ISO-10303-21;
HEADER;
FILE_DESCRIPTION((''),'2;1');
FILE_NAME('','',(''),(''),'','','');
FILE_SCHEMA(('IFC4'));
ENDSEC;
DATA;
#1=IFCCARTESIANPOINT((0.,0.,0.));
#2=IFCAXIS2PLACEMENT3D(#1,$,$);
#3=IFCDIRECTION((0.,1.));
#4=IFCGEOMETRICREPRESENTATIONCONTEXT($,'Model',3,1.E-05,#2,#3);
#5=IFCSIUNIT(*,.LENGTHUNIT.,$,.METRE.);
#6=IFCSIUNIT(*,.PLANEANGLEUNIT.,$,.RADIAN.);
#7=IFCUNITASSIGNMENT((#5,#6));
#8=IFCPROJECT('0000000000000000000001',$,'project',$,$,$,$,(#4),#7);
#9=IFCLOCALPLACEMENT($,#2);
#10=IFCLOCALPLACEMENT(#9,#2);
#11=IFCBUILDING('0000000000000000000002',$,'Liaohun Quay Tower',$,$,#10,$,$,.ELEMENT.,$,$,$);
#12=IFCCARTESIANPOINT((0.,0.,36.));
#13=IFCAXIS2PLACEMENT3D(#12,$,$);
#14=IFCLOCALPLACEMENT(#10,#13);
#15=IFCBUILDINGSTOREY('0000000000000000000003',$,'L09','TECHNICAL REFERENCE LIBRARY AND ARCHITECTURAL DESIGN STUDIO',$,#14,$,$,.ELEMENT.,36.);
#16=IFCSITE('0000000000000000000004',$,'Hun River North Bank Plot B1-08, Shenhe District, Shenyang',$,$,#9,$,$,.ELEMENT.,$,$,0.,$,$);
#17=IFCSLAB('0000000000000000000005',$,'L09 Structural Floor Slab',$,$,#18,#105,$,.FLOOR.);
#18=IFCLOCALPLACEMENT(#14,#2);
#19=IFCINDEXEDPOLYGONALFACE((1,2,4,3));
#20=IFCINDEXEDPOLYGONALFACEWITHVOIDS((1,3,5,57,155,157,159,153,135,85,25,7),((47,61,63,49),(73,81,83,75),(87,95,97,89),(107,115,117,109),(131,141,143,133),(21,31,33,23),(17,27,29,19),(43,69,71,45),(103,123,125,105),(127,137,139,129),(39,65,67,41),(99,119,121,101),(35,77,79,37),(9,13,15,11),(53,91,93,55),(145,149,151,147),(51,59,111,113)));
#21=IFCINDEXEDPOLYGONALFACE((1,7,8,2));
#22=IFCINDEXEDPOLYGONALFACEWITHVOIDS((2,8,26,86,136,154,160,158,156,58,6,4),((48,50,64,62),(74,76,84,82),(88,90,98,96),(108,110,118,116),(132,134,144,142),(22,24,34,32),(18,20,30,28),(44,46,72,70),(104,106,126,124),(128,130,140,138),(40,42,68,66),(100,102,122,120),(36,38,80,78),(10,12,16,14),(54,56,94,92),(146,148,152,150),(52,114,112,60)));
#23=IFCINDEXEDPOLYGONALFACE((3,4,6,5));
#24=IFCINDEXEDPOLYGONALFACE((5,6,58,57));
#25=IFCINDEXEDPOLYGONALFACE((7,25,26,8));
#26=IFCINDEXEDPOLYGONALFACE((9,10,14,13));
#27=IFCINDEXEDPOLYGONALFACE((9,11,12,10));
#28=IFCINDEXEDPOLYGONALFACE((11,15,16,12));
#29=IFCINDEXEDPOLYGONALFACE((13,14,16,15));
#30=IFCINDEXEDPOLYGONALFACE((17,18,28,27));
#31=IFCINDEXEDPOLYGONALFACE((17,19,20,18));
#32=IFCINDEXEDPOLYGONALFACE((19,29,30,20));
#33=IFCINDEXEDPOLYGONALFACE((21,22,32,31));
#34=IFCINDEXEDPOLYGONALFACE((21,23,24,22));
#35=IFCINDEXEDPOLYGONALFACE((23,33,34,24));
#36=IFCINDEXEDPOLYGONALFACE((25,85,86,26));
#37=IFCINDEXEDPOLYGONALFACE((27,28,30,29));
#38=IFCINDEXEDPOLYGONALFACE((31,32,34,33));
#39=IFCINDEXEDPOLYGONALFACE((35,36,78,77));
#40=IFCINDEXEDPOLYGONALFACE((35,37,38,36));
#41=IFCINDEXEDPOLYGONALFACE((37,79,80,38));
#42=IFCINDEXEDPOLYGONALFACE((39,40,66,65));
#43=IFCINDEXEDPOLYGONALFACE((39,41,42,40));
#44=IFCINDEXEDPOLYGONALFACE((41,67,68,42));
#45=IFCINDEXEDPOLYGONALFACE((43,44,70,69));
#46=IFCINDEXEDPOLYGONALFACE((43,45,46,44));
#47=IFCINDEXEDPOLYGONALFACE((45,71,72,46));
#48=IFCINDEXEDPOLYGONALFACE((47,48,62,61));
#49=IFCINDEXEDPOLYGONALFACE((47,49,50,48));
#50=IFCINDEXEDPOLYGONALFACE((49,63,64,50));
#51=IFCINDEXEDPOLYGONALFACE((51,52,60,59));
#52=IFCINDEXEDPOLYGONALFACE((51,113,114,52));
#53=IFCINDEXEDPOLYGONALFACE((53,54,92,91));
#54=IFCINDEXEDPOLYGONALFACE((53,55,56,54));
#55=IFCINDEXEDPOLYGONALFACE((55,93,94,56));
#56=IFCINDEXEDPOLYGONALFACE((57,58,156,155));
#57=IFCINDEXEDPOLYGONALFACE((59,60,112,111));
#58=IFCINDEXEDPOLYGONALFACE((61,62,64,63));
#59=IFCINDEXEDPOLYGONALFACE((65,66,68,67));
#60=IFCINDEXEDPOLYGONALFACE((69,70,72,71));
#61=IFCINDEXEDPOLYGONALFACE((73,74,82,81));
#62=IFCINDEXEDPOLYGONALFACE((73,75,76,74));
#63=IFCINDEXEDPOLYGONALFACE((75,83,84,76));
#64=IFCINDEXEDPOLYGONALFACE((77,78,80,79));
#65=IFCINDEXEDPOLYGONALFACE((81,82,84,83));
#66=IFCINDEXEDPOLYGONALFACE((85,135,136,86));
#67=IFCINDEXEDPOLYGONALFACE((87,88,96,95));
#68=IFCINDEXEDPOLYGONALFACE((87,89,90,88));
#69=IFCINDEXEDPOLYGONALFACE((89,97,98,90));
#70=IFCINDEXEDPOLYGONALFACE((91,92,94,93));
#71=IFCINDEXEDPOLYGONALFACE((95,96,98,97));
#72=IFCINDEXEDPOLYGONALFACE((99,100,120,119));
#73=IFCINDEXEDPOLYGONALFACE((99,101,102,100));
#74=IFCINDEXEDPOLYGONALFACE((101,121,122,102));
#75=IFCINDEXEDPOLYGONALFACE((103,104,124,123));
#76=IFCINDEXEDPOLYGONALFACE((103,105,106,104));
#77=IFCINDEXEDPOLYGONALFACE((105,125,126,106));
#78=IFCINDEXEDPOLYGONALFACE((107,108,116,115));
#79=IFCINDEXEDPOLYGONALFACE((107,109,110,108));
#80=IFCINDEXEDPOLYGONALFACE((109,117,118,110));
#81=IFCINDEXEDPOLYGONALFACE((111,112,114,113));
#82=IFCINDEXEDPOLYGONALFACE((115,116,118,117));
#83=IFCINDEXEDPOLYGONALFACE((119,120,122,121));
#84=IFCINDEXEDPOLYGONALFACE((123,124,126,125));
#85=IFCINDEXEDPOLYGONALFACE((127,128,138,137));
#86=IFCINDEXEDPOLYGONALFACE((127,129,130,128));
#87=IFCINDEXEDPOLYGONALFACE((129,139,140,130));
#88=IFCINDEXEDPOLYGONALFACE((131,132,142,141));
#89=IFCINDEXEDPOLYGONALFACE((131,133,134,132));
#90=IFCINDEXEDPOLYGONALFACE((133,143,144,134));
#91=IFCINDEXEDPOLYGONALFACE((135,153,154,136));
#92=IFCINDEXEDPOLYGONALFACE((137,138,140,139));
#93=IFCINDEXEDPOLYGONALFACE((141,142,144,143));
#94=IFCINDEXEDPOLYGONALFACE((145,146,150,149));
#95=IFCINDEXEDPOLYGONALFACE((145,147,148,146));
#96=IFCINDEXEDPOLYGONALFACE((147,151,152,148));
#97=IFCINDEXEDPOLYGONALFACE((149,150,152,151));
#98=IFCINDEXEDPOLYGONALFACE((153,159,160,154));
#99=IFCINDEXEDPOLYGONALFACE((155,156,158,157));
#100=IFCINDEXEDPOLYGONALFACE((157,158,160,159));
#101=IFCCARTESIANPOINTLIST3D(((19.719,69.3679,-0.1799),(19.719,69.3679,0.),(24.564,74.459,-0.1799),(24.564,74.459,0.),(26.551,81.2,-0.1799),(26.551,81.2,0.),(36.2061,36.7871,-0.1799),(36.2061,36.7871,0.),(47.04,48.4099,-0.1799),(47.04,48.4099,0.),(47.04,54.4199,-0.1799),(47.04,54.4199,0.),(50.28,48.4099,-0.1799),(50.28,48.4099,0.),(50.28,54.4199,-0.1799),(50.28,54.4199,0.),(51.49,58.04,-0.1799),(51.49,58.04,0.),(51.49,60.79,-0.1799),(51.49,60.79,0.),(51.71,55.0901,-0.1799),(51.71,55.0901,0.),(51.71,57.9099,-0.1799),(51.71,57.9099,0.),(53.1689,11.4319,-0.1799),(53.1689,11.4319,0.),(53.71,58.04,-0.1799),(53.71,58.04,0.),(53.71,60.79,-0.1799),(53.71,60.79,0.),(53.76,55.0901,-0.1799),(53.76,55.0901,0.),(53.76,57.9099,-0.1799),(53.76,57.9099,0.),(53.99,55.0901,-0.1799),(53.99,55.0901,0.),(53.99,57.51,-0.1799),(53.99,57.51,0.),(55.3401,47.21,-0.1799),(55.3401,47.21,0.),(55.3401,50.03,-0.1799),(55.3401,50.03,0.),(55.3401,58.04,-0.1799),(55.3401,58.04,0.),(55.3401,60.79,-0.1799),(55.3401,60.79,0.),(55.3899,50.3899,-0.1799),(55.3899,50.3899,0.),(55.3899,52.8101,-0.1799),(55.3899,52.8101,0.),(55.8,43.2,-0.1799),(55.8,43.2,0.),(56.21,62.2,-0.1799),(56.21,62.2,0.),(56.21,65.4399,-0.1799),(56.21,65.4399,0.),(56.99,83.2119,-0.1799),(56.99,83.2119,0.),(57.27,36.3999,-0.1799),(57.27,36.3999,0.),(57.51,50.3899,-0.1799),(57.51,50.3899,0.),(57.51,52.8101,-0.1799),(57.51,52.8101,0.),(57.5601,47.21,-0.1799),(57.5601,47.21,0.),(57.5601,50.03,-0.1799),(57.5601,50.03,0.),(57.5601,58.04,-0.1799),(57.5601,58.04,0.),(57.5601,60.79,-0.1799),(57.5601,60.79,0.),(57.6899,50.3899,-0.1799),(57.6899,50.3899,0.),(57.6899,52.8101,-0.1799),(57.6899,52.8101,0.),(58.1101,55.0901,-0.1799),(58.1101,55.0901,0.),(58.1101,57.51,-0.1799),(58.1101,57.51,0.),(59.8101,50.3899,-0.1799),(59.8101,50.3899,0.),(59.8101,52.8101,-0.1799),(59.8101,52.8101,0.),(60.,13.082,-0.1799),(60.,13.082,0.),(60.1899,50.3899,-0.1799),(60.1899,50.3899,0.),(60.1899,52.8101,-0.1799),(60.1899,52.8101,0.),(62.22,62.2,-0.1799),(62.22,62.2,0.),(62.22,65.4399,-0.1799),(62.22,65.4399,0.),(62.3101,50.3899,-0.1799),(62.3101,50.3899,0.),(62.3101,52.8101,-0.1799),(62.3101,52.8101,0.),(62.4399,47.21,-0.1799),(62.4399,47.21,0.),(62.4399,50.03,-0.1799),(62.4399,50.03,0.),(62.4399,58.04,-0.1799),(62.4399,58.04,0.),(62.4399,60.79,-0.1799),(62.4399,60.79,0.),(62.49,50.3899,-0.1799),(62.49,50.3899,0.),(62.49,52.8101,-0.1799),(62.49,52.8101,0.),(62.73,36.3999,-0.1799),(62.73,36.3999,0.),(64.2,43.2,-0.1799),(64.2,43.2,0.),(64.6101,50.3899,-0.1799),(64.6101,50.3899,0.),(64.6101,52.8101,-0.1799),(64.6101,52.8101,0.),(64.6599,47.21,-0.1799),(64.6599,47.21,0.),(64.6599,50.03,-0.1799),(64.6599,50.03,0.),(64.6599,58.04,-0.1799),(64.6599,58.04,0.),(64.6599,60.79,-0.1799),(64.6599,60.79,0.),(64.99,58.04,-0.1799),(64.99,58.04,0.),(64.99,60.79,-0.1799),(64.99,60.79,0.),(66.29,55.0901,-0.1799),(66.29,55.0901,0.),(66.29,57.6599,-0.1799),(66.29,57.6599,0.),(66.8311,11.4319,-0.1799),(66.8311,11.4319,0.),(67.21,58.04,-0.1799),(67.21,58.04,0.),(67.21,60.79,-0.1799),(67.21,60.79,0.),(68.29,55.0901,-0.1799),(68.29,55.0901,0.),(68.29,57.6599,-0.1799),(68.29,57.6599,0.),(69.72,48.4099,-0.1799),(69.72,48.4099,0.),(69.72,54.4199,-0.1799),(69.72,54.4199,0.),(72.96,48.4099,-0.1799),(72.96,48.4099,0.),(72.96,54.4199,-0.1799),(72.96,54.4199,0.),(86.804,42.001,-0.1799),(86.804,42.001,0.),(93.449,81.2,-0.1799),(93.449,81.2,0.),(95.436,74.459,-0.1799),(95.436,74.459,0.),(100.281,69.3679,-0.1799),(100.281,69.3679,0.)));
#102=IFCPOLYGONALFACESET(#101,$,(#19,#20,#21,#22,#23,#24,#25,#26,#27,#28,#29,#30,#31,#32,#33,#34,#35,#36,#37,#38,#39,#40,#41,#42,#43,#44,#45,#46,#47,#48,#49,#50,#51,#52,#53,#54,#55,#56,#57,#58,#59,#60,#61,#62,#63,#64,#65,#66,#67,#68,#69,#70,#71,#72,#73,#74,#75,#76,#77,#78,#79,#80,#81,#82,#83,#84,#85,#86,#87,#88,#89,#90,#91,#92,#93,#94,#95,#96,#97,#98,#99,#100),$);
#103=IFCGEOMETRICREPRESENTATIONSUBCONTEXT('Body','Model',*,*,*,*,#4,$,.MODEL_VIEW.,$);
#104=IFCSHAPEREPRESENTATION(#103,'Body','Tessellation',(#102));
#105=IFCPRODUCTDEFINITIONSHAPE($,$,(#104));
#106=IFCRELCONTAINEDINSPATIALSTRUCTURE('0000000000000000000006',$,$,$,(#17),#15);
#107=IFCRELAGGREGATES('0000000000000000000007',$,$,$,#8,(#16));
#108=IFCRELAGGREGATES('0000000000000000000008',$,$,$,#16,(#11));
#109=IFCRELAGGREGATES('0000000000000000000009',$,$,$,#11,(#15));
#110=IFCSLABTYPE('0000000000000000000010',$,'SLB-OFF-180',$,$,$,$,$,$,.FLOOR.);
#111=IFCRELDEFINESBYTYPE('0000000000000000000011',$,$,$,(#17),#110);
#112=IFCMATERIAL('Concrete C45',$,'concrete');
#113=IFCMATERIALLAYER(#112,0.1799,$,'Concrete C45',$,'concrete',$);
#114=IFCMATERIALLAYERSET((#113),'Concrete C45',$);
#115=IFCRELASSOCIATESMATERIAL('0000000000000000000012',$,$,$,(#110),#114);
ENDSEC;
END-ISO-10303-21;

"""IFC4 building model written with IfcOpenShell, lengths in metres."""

from ifc_helpers import new_model, si_unit, direction, frame, origin, place, context, subcontext, project, spatial, polyline, outline, extrude, material, layer, layer_set, type_object, element, save


model = new_model("IFC4")

# Units and contexts
model_context = context("Model", 3, precision=1e-05, world=origin(), true_north=direction((0.0, 1.0)))
body_context = subcontext(model_context, "Body", "Model", "MODEL_VIEW")
ifc_project = project(units=[si_unit("LENGTHUNIT", "METRE"), si_unit("PLANEANGLEUNIT", "RADIAN")], contexts=[model_context])

# Site, building, storey
site_placement = place(None, origin())
site = spatial("IfcSite", under=ifc_project, at=site_placement, Name="Hun River North Bank Plot B1-08, Shenhe District, Shenyang", CompositionType="ELEMENT", RefElevation=0.0)
building_placement = place(site_placement, origin())
building = spatial("IfcBuilding", under=site, at=building_placement, Name="Liaohun Quay Tower", CompositionType="ELEMENT")
storey_placement = place(building_placement, frame((0.0, 0.0, 36.0)))
storey = spatial("IfcBuildingStorey", under=building, at=storey_placement, Name="L09", Description="TECHNICAL REFERENCE LIBRARY AND ARCHITECTURAL DESIGN STUDIO", CompositionType="ELEMENT", Elevation=36.0)

# Shared definitions
ifc_material_1 = material(Name="Concrete C45", Category="concrete")

# Slab
ifc_layer_1 = layer(ifc_material_1, 0.1799, Name="Concrete C45", Category="concrete")
ifc_layer_set_1 = layer_set([ifc_layer_1], Name="Concrete C45")
slab_type_1 = type_object("IfcSlabType", Name="SLB-OFF-180", PredefinedType="FLOOR", material=ifc_layer_set_1)
slab_1_placement = place(storey_placement, frame((0.0, 0.0, -0.1799)))
element("IfcSlab", 1, at=slab_1_placement, inside=storey, type_object=slab_type_1, Name="L09 Structural Floor Slab", PredefinedType="FLOOR", context=body_context, shape_type="SweptSolid", body=[
    extrude(outline(polyline([(53.1689, 11.4319), (60.0, 13.082), (66.8311, 11.4319), (86.804, 42.001), (100.281, 69.3679), (95.436, 74.459), (93.449, 81.2), (56.99, 83.2119), (26.551, 81.2), (24.564, 74.459), (19.719, 69.3679), (36.2061, 36.7871), (53.1689, 11.4319)]), holes=[polyline([(57.5601, 47.21), (57.5601, 50.03), (55.3401, 50.03), (55.3401, 47.21), (57.5601, 47.21)]), polyline([(50.28, 54.4199), (47.04, 54.4199), (47.04, 48.4099), (50.28, 48.4099), (50.28, 54.4199)]), polyline([(57.51, 50.3899), (57.51, 52.8101), (55.3899, 52.8101), (55.3899, 50.3899), (57.51, 50.3899)]), polyline([(59.8101, 50.3899), (59.8101, 52.8101), (57.6899, 52.8101), (57.6899, 50.3899), (59.8101, 50.3899)]), polyline([(58.1101, 57.51), (53.99, 57.51), (53.99, 55.0901), (58.1101, 55.0901), (58.1101, 57.51)]), polyline([(53.76, 55.0901), (53.76, 57.9099), (51.71, 57.9099), (51.71, 55.0901), (53.76, 55.0901)]), polyline([(51.49, 58.04), (53.71, 58.04), (53.71, 60.79), (51.49, 60.79), (51.49, 58.04)]), polyline([(55.3401, 58.04), (57.5601, 58.04), (57.5601, 60.79), (55.3401, 60.79), (55.3401, 58.04)]), polyline([(62.73, 36.3999), (64.2, 43.2), (55.8, 43.2), (57.27, 36.3999), (62.73, 36.3999)]), polyline([(64.6599, 47.21), (64.6599, 50.03), (62.4399, 50.03), (62.4399, 47.21), (64.6599, 47.21)]), polyline([(72.96, 54.4199), (69.72, 54.4199), (69.72, 48.4099), (72.96, 48.4099), (72.96, 54.4199)]), polyline([(62.3101, 50.3899), (62.3101, 52.8101), (60.1899, 52.8101), (60.1899, 50.3899), (62.3101, 50.3899)]), polyline([(64.6101, 50.3899), (64.6101, 52.8101), (62.49, 52.8101), (62.49, 50.3899), (64.6101, 50.3899)]), polyline([(68.29, 55.0901), (68.29, 57.6599), (66.29, 57.6599), (66.29, 55.0901), (68.29, 55.0901)]), polyline([(64.6599, 58.04), (64.6599, 60.79), (62.4399, 60.79), (62.4399, 58.04), (64.6599, 58.04)]), polyline([(64.99, 58.04), (67.21, 58.04), (67.21, 60.79), (64.99, 60.79), (64.99, 58.04)]), polyline([(56.21, 62.2), (62.22, 62.2), (62.22, 65.4399), (56.21, 65.4399), (56.21, 62.2)])]), origin(), (0.0, 0.0, 1.0), 0.1799),
])

save(model, "model.ifc")
